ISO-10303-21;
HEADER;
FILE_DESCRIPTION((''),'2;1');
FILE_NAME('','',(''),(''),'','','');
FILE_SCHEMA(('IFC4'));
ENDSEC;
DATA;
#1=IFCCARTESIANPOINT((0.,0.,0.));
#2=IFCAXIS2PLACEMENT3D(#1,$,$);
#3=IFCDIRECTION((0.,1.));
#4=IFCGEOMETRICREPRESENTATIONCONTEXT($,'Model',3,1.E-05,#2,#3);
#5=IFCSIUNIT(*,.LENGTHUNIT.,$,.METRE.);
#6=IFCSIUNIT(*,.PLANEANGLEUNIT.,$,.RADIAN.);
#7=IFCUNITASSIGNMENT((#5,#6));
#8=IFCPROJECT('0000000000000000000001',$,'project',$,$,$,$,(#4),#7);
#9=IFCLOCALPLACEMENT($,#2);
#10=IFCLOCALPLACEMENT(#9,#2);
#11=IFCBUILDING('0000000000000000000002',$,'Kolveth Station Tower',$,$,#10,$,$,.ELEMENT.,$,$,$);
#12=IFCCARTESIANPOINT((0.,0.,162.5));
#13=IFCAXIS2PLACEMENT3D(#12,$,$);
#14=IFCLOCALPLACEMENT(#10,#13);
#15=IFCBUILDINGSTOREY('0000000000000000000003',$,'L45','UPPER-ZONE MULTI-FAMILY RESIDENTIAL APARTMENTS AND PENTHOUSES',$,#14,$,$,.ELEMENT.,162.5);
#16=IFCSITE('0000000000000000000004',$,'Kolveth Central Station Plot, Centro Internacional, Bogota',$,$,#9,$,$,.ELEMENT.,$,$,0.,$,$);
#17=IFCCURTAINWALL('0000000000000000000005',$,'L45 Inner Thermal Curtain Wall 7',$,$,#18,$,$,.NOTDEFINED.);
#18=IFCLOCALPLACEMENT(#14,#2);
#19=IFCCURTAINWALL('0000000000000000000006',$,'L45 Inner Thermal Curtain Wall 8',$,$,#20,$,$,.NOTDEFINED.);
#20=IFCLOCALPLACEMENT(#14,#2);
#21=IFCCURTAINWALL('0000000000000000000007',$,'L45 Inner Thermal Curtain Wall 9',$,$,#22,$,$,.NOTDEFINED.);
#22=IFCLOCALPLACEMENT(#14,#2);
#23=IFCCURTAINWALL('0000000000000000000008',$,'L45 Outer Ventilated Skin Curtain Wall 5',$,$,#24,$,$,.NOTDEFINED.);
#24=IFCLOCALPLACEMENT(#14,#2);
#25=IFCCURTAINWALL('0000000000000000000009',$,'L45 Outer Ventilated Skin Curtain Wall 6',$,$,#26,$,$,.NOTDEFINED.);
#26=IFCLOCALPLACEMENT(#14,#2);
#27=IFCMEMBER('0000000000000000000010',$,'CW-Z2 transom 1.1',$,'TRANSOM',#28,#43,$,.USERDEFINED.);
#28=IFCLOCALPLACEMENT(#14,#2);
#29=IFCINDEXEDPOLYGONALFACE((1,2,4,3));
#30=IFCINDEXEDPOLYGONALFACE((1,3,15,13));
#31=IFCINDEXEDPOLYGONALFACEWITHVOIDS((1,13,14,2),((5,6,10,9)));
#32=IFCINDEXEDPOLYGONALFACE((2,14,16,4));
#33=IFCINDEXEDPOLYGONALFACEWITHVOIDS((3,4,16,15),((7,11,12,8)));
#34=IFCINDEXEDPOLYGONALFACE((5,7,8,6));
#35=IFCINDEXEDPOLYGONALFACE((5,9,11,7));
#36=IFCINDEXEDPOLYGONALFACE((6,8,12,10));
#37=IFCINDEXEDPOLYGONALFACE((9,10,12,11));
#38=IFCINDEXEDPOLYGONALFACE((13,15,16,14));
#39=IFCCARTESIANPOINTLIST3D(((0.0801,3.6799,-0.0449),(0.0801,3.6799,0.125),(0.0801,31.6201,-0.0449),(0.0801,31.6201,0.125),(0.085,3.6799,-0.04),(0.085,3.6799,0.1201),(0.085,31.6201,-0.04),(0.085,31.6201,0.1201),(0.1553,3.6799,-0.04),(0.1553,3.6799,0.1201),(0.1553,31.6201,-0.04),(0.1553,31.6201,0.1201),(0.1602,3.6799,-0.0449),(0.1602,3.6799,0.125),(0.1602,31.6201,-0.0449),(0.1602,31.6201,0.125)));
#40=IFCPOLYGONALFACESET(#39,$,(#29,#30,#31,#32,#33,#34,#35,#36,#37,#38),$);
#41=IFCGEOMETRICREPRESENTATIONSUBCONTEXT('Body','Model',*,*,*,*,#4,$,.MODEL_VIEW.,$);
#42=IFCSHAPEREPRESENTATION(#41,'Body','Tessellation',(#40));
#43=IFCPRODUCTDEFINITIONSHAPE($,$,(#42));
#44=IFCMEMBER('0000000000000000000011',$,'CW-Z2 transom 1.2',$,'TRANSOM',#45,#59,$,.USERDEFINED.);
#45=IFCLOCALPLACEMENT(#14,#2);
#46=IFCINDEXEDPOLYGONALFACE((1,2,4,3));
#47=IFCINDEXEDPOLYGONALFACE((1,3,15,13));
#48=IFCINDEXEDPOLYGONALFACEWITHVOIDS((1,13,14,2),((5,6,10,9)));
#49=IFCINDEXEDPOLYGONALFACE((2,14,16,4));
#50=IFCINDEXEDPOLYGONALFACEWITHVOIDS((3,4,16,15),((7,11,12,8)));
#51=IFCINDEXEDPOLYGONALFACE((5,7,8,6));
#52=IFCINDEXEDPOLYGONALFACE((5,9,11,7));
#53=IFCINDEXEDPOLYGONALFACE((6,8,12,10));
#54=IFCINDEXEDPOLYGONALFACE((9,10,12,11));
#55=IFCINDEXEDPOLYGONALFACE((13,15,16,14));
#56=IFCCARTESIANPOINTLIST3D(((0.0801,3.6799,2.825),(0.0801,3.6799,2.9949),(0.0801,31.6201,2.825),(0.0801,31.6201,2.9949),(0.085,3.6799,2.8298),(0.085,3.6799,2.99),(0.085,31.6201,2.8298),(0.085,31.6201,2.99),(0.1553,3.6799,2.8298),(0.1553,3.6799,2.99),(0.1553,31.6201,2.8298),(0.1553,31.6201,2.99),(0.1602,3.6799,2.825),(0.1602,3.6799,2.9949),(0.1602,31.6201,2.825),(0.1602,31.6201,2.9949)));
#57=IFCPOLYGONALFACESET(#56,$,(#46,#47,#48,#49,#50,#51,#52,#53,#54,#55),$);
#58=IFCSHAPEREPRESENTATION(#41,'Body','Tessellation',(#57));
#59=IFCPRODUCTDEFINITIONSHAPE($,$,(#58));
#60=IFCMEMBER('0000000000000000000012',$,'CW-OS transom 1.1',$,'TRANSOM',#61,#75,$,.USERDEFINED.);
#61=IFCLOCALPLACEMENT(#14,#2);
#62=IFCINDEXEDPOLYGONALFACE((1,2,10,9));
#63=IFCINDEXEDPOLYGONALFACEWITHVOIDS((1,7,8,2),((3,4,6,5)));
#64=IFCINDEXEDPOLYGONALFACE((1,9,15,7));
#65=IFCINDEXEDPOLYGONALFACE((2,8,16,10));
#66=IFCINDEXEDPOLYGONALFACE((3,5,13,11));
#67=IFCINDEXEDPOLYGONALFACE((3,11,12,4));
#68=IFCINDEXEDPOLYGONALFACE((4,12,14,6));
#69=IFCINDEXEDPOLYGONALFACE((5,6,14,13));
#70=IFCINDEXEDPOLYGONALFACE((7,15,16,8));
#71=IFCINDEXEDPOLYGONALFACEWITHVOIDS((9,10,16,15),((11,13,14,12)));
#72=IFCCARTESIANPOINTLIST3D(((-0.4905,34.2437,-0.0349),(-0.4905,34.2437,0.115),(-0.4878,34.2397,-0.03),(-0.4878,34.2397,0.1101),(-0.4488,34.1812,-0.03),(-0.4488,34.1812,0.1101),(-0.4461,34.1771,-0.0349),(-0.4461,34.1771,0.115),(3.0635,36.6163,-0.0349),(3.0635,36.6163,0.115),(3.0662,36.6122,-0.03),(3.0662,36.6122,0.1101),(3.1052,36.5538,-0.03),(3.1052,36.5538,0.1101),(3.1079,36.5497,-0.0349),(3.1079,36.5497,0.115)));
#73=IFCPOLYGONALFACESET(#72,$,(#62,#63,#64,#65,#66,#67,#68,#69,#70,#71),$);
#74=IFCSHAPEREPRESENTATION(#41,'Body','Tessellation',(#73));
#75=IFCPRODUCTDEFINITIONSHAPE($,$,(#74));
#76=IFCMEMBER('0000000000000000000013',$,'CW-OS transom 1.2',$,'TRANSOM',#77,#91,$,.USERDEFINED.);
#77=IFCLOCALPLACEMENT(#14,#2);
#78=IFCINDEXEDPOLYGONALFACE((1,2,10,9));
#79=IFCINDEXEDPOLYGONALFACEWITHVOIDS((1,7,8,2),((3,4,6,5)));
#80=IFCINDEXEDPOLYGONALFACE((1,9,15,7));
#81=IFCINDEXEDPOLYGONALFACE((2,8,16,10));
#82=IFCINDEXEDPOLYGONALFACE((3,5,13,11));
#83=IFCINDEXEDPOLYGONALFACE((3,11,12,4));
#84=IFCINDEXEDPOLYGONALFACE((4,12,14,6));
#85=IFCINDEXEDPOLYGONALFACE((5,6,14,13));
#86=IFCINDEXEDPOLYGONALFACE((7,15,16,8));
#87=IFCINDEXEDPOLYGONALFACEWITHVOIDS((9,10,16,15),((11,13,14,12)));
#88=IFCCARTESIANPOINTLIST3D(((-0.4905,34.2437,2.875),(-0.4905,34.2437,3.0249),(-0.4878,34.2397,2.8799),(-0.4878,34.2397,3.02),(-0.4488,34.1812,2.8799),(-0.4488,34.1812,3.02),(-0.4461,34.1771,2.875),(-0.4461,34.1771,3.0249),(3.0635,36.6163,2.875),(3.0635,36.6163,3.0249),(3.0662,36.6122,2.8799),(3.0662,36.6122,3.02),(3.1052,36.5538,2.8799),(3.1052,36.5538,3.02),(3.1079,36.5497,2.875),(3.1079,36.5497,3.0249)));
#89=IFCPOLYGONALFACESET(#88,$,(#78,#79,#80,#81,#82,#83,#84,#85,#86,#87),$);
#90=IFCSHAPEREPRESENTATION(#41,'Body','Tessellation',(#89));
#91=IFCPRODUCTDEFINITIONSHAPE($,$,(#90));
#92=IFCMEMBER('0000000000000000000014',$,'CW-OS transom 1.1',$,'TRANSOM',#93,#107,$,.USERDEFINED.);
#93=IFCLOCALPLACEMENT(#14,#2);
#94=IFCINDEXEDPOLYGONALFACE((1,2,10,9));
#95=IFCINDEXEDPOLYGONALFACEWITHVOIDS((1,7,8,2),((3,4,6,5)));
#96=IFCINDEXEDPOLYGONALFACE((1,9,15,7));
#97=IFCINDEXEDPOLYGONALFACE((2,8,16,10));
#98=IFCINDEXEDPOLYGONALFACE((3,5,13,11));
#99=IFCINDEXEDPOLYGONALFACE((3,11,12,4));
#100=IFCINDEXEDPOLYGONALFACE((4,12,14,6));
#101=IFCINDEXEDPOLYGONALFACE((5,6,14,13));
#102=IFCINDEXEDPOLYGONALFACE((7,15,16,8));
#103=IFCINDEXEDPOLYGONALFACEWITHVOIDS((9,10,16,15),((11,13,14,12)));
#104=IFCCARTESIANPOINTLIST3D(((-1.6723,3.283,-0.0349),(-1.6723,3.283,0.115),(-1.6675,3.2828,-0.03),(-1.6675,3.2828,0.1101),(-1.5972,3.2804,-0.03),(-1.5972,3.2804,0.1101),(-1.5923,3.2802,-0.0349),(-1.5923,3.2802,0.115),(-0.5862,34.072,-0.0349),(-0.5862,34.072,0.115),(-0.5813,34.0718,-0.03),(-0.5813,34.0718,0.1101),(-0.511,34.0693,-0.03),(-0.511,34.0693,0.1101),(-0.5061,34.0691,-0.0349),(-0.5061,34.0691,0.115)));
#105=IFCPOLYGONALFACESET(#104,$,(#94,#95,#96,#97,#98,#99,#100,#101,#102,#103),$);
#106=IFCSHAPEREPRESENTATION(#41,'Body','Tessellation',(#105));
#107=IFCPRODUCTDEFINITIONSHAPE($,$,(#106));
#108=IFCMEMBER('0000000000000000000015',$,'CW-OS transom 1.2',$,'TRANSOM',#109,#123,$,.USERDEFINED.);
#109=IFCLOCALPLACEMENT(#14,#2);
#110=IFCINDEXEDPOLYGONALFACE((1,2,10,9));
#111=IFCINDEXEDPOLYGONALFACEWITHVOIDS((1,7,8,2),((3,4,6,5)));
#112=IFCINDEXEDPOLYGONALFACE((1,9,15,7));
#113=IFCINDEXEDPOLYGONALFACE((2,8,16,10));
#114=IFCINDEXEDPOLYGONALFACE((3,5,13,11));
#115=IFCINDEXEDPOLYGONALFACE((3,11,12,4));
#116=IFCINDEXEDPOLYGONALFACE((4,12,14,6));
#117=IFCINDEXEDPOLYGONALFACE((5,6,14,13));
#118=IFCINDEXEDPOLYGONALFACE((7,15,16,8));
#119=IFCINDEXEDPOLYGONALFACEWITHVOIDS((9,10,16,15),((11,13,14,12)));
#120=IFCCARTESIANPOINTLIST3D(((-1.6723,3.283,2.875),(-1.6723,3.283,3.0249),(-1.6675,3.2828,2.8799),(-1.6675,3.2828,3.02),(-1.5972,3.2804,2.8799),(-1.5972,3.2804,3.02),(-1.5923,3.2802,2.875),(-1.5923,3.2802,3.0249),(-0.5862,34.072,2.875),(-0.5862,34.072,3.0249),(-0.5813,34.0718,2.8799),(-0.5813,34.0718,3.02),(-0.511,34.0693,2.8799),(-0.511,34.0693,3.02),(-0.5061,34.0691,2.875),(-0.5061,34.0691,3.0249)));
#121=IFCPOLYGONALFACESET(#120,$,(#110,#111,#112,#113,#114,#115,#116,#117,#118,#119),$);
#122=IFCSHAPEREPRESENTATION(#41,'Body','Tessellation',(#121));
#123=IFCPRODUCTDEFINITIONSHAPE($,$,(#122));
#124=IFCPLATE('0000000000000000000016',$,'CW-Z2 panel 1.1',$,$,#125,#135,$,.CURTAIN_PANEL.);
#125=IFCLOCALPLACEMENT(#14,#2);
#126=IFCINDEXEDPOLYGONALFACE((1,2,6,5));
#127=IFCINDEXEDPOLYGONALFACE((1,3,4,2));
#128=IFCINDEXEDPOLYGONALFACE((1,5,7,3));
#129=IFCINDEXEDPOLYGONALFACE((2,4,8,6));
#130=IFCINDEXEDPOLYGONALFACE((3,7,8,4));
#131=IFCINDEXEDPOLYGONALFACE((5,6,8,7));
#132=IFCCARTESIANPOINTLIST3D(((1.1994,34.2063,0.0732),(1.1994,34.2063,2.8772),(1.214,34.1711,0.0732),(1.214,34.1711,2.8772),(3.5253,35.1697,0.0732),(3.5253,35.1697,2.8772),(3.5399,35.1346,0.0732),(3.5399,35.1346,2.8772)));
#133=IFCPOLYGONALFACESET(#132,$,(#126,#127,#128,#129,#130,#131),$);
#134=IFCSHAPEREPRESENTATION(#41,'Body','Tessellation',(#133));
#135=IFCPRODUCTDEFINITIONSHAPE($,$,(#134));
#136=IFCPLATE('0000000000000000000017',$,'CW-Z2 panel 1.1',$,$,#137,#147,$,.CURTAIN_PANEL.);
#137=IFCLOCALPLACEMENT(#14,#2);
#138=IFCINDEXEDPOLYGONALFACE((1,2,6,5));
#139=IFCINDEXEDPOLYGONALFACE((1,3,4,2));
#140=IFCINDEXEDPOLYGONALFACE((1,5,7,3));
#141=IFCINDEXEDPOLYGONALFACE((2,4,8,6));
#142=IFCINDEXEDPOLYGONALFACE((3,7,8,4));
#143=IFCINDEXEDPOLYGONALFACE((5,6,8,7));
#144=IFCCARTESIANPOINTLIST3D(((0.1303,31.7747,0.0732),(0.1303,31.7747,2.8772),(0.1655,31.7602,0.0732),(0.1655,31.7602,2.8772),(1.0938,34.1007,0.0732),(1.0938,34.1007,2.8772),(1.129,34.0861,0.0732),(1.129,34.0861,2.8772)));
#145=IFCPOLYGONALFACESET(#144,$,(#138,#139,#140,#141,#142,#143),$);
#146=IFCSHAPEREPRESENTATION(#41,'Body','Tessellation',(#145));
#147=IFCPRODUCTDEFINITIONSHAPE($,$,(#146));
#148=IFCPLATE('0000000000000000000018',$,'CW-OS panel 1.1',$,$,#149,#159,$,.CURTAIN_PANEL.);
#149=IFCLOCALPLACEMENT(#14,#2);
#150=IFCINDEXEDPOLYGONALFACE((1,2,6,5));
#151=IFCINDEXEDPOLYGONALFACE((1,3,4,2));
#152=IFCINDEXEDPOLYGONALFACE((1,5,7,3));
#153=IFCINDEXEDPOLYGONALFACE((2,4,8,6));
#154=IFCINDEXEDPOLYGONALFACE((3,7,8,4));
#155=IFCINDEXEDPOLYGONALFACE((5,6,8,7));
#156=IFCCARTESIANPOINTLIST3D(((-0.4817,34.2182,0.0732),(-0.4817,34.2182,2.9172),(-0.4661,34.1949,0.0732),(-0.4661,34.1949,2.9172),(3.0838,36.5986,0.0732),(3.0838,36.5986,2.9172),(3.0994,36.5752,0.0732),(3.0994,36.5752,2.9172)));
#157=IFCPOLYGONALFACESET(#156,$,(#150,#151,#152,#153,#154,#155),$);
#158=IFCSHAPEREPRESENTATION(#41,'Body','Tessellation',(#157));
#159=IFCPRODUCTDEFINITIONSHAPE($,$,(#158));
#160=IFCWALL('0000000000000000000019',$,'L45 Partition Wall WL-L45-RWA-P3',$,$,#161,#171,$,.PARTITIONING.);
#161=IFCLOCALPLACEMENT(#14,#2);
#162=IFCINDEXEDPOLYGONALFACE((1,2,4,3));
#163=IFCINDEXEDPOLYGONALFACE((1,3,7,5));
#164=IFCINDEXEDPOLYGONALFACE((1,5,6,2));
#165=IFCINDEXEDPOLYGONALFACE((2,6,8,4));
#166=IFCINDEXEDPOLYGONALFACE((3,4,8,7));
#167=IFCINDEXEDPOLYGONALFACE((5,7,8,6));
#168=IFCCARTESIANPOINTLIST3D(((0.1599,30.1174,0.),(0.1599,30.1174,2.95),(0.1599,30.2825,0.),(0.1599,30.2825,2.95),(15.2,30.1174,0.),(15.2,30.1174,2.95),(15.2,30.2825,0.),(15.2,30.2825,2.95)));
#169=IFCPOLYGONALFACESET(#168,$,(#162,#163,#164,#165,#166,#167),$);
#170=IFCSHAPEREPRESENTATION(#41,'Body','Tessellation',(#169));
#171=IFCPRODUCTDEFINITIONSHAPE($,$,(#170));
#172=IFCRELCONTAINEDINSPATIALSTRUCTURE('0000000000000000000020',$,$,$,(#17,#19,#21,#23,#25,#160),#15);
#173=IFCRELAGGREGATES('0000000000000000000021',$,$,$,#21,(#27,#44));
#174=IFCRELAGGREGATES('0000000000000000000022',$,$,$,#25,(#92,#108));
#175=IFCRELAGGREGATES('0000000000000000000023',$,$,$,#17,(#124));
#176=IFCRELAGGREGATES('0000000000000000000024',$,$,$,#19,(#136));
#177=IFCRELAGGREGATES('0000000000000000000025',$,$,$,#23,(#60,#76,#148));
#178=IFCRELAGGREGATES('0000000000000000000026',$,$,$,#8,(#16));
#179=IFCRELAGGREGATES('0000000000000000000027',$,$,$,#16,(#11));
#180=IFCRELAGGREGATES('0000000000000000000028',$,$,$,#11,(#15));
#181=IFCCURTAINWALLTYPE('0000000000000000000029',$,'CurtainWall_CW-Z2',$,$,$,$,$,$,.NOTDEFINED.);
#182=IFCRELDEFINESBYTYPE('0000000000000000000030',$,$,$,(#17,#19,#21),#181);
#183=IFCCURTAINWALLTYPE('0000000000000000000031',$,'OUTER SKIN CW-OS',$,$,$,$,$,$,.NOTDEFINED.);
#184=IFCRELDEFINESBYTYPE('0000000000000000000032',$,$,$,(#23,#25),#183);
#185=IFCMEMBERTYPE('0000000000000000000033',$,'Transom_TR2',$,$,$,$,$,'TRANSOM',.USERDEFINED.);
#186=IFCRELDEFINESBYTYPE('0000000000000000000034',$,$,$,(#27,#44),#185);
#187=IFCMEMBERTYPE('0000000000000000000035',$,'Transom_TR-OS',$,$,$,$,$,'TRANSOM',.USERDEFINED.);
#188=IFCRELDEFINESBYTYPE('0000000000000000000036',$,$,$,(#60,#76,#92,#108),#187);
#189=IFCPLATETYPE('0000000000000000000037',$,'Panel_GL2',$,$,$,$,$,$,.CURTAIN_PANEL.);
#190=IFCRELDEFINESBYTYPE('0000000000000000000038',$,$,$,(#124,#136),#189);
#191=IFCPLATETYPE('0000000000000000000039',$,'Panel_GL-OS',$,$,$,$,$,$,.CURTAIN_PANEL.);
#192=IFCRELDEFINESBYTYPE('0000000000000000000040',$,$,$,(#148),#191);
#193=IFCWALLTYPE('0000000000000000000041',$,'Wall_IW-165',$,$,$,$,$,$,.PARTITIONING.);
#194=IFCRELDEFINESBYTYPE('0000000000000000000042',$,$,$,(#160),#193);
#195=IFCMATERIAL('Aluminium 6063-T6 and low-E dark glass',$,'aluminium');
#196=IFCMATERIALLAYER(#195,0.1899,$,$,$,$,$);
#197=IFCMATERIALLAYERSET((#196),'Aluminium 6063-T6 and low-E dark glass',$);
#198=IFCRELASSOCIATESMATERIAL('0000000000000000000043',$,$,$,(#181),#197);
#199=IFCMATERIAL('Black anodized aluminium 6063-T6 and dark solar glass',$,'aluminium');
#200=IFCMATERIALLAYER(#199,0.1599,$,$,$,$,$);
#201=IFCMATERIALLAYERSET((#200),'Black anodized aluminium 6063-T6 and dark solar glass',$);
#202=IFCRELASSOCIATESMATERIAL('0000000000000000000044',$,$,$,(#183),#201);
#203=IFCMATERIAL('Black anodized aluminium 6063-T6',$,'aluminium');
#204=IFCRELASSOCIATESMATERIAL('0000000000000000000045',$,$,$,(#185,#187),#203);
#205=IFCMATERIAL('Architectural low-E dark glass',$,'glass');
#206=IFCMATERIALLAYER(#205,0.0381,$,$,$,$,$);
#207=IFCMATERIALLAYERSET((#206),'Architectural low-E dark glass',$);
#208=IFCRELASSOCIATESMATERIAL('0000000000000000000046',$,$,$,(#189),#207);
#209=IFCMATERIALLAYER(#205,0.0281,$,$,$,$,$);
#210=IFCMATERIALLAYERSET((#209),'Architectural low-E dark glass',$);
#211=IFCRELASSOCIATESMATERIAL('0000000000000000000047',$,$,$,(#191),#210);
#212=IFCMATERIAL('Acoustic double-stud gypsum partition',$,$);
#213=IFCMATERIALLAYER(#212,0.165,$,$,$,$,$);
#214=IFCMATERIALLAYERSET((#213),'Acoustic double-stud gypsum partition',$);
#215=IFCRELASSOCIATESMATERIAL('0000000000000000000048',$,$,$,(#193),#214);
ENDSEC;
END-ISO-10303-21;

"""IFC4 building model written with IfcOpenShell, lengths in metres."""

from ifc_helpers import new_model, si_unit, direction, frame, frame_2d, origin, origin_2d, place, context, subcontext, project, spatial, rectangle, hollow_rectangle, extrude, source, transform, mapped, material, layer, layer_set, material_profile, profile_set, type_object, element, aggregate, save


model = new_model("IFC4")

# Units and contexts
model_context = context("Model", 3, precision=1e-05, world=origin(), true_north=direction((0.0, 1.0)))
body_context = subcontext(model_context, "Body", "Model", "MODEL_VIEW")
ifc_project = project(units=[si_unit("LENGTHUNIT", "METRE"), si_unit("PLANEANGLEUNIT", "RADIAN")], contexts=[model_context])

# Site, building, storey
site_placement = place(None, origin())
site = spatial("IfcSite", under=ifc_project, at=site_placement, Name="Kolveth Central Station Plot, Centro Internacional, Bogota", CompositionType="ELEMENT", RefElevation=0.0)
building_placement = place(site_placement, origin())
building = spatial("IfcBuilding", under=site, at=building_placement, Name="Kolveth Station Tower", CompositionType="ELEMENT")
storey_placement = place(building_placement, frame((0.0, 0.0, 162.5)))
storey = spatial("IfcBuildingStorey", under=building, at=storey_placement, Name="L45", Description="UPPER-ZONE MULTI-FAMILY RESIDENTIAL APARTMENTS AND PENTHOUSES", CompositionType="ELEMENT", Elevation=162.5)

# Curtain wall
ifc_material_1 = material(Name="Aluminium 6063-T6 and low-E dark glass", Category="aluminium")
ifc_layer_1 = layer(ifc_material_1, 0.1899)
ifc_layer_set_1 = layer_set([ifc_layer_1], Name="Aluminium 6063-T6 and low-E dark glass")
curtain_wall_type_1 = type_object("IfcCurtainWallType", Name="CurtainWall_CW-Z2", PredefinedType="NOTDEFINED", material=ifc_layer_set_1)
curtain_wall_1_placement = place(storey_placement, origin())
curtain_wall_1 = element("IfcCurtainWall", 1, at=curtain_wall_1_placement, inside=storey, type_object=curtain_wall_type_1, Name="L45 Inner Thermal Curtain Wall 7", PredefinedType="NOTDEFINED")
ifc_material_2 = material(Name="Black anodized aluminium 6063-T6", Category="aluminium")

# Curtain wall
curtain_wall_2_placement = place(storey_placement, origin())
curtain_wall_2 = element("IfcCurtainWall", 2, at=curtain_wall_2_placement, inside=storey, type_object=curtain_wall_type_1, Name="L45 Inner Thermal Curtain Wall 8", PredefinedType="NOTDEFINED")

# Curtain wall
curtain_wall_3_placement = place(storey_placement, origin())
curtain_wall_3 = element("IfcCurtainWall", 3, at=curtain_wall_3_placement, inside=storey, type_object=curtain_wall_type_1, Name="L45 Inner Thermal Curtain Wall 9", PredefinedType="NOTDEFINED")
ifc_material_3 = material(Name="Black anodized aluminium 6063-T6 and dark solar glass", Category="aluminium")
ifc_layer_2 = layer(ifc_material_3, 0.1599)
ifc_layer_set_2 = layer_set([ifc_layer_2], Name="Black anodized aluminium 6063-T6 and dark solar glass")
curtain_wall_type_2 = type_object("IfcCurtainWallType", Name="OUTER SKIN CW-OS", PredefinedType="NOTDEFINED", material=ifc_layer_set_2)

# Curtain wall
curtain_wall_4_placement = place(storey_placement, origin())
curtain_wall_4 = element("IfcCurtainWall", 4, at=curtain_wall_4_placement, inside=storey, type_object=curtain_wall_type_2, Name="L45 Outer Ventilated Skin Curtain Wall 5", PredefinedType="NOTDEFINED")

# Curtain wall
curtain_wall_5_placement = place(storey_placement, origin())
curtain_wall_5 = element("IfcCurtainWall", 5, at=curtain_wall_5_placement, inside=storey, type_object=curtain_wall_type_2, Name="L45 Outer Ventilated Skin Curtain Wall 6", PredefinedType="NOTDEFINED")

# Members
ifc_material_profile_1 = material_profile(ifc_material_2, hollow_rectangle(XDim=0.0801, YDim=0.1699, WallThickness=0.0049, at=origin_2d()), Name="ALU-80x170x5")
ifc_profile_set_1 = profile_set([ifc_material_profile_1], Name="Black anodized aluminium 6063-T6")
member_type_1 = type_object("IfcMemberType", Name="Transom_TR2", ElementType="TRANSOM", PredefinedType="USERDEFINED", material=ifc_profile_set_1)
shared_shape_1 = source(origin(), body_context, "Body", "SweptSolid", [
    extrude(hollow_rectangle(XDim=0.0801, YDim=0.1699, WallThickness=0.0049, at=origin_2d()), origin(), (0.0, 0.0, 1.0), 27.9402),
])
member_1_placement = place(storey_placement, frame((0.1201, 31.6201, 0.04), z_axis=(0.0, -1.0, 0.0), x_axis=(1.0, 0.0, 0.0)))
member_1 = element("IfcMember", 6, at=member_1_placement, type_object=member_type_1, Name="CW-Z2 transom 1.1", ObjectType="TRANSOM", PredefinedType="USERDEFINED", context=body_context, shape_type="MappedRepresentation", body=[
    mapped(shared_shape_1, transform((0.0, 0.0, 0.0), x_axis=(1.0, 0.0, 0.0), y_axis=(0.0, 1.0, 0.0), z_axis=(0.0, 0.0, 1.0), scale=1.0)),
])
member_2_placement = place(storey_placement, frame((0.1201, 31.6201, 2.9099), z_axis=(0.0, -1.0, 0.0), x_axis=(1.0, 0.0, 0.0)))
member_2 = element("IfcMember", 7, at=member_2_placement, type_object=member_type_1, Name="CW-Z2 transom 1.2", ObjectType="TRANSOM", PredefinedType="USERDEFINED", context=body_context, shape_type="MappedRepresentation", body=[
    mapped(shared_shape_1, transform((0.0, 0.0, 0.0), x_axis=(1.0, 0.0, 0.0), y_axis=(0.0, 1.0, 0.0), z_axis=(0.0, 0.0, 1.0), scale=1.0)),
])
aggregate(curtain_wall_3, [member_1, member_2])
ifc_material_profile_2 = material_profile(ifc_material_2, hollow_rectangle(XDim=0.0801, YDim=0.1499, WallThickness=0.0049, at=origin_2d()), Name="ALU-80x150x5")
ifc_profile_set_2 = profile_set([ifc_material_profile_2], Name="Black anodized aluminium 6063-T6")
member_type_2 = type_object("IfcMemberType", Name="Transom_TR-OS", ElementType="TRANSOM", PredefinedType="USERDEFINED", material=ifc_profile_set_2)
shared_shape_2 = source(origin(), body_context, "Body", "SweptSolid", [
    extrude(hollow_rectangle(XDim=0.0801, YDim=0.1499, WallThickness=0.0049, at=origin_2d()), origin(), (0.0, 0.0, 1.0), 4.2732),
])
member_3_placement = place(storey_placement, frame((3.0857, 36.583, 0.04), z_axis=(-0.831699, -0.555227, 0.0), x_axis=(0.555227, -0.831699, 0.0)))
member_3 = element("IfcMember", 8, at=member_3_placement, type_object=member_type_2, Name="CW-OS transom 1.1", ObjectType="TRANSOM", PredefinedType="USERDEFINED", context=body_context, shape_type="MappedRepresentation", body=[
    mapped(shared_shape_2, transform((0.0, 0.0, 0.0), x_axis=(1.0, 0.0, 0.0), y_axis=(0.0, 1.0, 0.0), z_axis=(0.0, 0.0, 1.0), scale=1.0)),
])
member_4_placement = place(storey_placement, frame((3.0857, 36.583, 2.95), z_axis=(-0.831699, -0.555227, 0.0), x_axis=(0.555227, -0.831699, 0.0)))
member_4 = element("IfcMember", 9, at=member_4_placement, type_object=member_type_2, Name="CW-OS transom 1.2", ObjectType="TRANSOM", PredefinedType="USERDEFINED", context=body_context, shape_type="MappedRepresentation", body=[
    mapped(shared_shape_2, transform((0.0, 0.0, 0.0), x_axis=(1.0, 0.0, 0.0), y_axis=(0.0, 1.0, 0.0), z_axis=(0.0, 0.0, 1.0), scale=1.0)),
])
shared_shape_3 = source(origin(), body_context, "Body", "SweptSolid", [
    extrude(hollow_rectangle(XDim=0.0801, YDim=0.1499, WallThickness=0.0049, at=origin_2d()), origin(), (0.0, 0.0, 1.0), 30.8081),
])
member_5_placement = place(storey_placement, frame((-0.5461, 34.0706, 0.04), z_axis=(-0.035256, -0.999378, 0.0), x_axis=(0.999378, -0.035256, 0.0)))
member_5 = element("IfcMember", 10, at=member_5_placement, type_object=member_type_2, Name="CW-OS transom 1.1", ObjectType="TRANSOM", PredefinedType="USERDEFINED", context=body_context, shape_type="MappedRepresentation", body=[
    mapped(shared_shape_3, transform((0.0, 0.0, 0.0), x_axis=(1.0, 0.0, 0.0), y_axis=(0.0, 1.0, 0.0), z_axis=(0.0, 0.0, 1.0), scale=1.0)),
])
member_6_placement = place(storey_placement, frame((-0.5461, 34.0706, 2.95), z_axis=(-0.035256, -0.999378, 0.0), x_axis=(0.999378, -0.035256, 0.0)))
member_6 = element("IfcMember", 11, at=member_6_placement, type_object=member_type_2, Name="CW-OS transom 1.2", ObjectType="TRANSOM", PredefinedType="USERDEFINED", context=body_context, shape_type="MappedRepresentation", body=[
    mapped(shared_shape_3, transform((0.0, 0.0, 0.0), x_axis=(1.0, 0.0, 0.0), y_axis=(0.0, 1.0, 0.0), z_axis=(0.0, 0.0, 1.0), scale=1.0)),
])
aggregate(curtain_wall_5, [member_5, member_6])

# Plates
ifc_material_4 = material(Name="Architectural low-E dark glass", Category="glass")
ifc_layer_3 = layer(ifc_material_4, 0.0381)
ifc_layer_set_3 = layer_set([ifc_layer_3], Name="Architectural low-E dark glass")
plate_type_1 = type_object("IfcPlateType", Name="Panel_GL2", PredefinedType="CURTAIN_PANEL", material=ifc_layer_set_3)
shared_shape_4 = source(origin(), body_context, "Body", "SweptSolid", [
    extrude(rectangle(XDim=2.5176, YDim=0.0381, at=origin_2d()), origin(), (0.0, 0.0, 1.0), 2.804),
])
plate_1_placement = place(storey_placement, frame((2.3696, 34.6704, 0.0732), z_axis=(0.0, 0.0, 1.0), x_axis=(-0.923874, -0.382698, 0.0)))
plate_1 = element("IfcPlate", 12, at=plate_1_placement, type_object=plate_type_1, Name="CW-Z2 panel 1.1", PredefinedType="CURTAIN_PANEL", context=body_context, shape_type="MappedRepresentation", body=[
    mapped(shared_shape_4, transform((0.0, 0.0, 0.0), x_axis=(1.0, 0.0, 0.0), y_axis=(0.0, 1.0, 0.0), z_axis=(0.0, 0.0, 1.0), scale=1.0)),
])
aggregate(curtain_wall_1, [plate_1])
plate_2_placement = place(storey_placement, frame((0.6296, 32.9304, 0.0732), z_axis=(0.0, 0.0, 1.0), x_axis=(-0.382698, -0.923874, 0.0)))
plate_2 = element("IfcPlate", 13, at=plate_2_placement, type_object=plate_type_1, Name="CW-Z2 panel 1.1", PredefinedType="CURTAIN_PANEL", context=body_context, shape_type="MappedRepresentation", body=[
    mapped(shared_shape_4, transform((0.0, 0.0, 0.0), x_axis=(1.0, 0.0, 0.0), y_axis=(0.0, 1.0, 0.0), z_axis=(0.0, 0.0, 1.0), scale=1.0)),
])
aggregate(curtain_wall_2, [plate_2])
ifc_layer_4 = layer(ifc_material_4, 0.0281)
ifc_layer_set_4 = layer_set([ifc_layer_4], Name="Architectural low-E dark glass")
plate_type_2 = type_object("IfcPlateType", Name="Panel_GL-OS", PredefinedType="CURTAIN_PANEL", material=ifc_layer_set_4)
shared_shape_5 = source(origin(), body_context, "Body", "SweptSolid", [
    extrude(rectangle(XDim=4.2871, YDim=0.0281, at=origin_2d()), origin(), (0.0, 0.0, 1.0), 2.844),
])
plate_3_placement = place(storey_placement, frame((1.3088, 35.3967, 0.0732), z_axis=(0.0, 0.0, 1.0), x_axis=(-0.831694, -0.555234, 0.0)))
plate_3 = element("IfcPlate", 14, at=plate_3_placement, type_object=plate_type_2, Name="CW-OS panel 1.1", PredefinedType="CURTAIN_PANEL", context=body_context, shape_type="MappedRepresentation", body=[
    mapped(shared_shape_5, transform((0.0, 0.0, 0.0), x_axis=(1.0, 0.0, 0.0), y_axis=(0.0, 1.0, 0.0), z_axis=(0.0, 0.0, 1.0), scale=1.0)),
])
aggregate(curtain_wall_4, [member_3, member_4, plate_3])

# Wall
ifc_material_5 = material(Name="Acoustic double-stud gypsum partition")
ifc_layer_5 = layer(ifc_material_5, 0.165)
ifc_layer_set_5 = layer_set([ifc_layer_5], Name="Acoustic double-stud gypsum partition")
wall_type = type_object("IfcWallType", Name="Wall_IW-165", PredefinedType="PARTITIONING", material=ifc_layer_set_5)
wall_placement = place(storey_placement, frame((0.1599, 30.2, 0.0), z_axis=(0.0, 0.0, 1.0), x_axis=(1.0, 0.0, 0.0)))
element("IfcWall", 15, at=wall_placement, inside=storey, type_object=wall_type, Name="L45 Partition Wall WL-L45-RWA-P3", PredefinedType="PARTITIONING", context=body_context, shape_type="SweptSolid", body=[
    extrude(rectangle(XDim=15.04, YDim=0.165, at=frame_2d((7.52, 0.0))), origin(), (0.0, 0.0, 1.0), 2.95),
])

save(model, "model.ifc")
